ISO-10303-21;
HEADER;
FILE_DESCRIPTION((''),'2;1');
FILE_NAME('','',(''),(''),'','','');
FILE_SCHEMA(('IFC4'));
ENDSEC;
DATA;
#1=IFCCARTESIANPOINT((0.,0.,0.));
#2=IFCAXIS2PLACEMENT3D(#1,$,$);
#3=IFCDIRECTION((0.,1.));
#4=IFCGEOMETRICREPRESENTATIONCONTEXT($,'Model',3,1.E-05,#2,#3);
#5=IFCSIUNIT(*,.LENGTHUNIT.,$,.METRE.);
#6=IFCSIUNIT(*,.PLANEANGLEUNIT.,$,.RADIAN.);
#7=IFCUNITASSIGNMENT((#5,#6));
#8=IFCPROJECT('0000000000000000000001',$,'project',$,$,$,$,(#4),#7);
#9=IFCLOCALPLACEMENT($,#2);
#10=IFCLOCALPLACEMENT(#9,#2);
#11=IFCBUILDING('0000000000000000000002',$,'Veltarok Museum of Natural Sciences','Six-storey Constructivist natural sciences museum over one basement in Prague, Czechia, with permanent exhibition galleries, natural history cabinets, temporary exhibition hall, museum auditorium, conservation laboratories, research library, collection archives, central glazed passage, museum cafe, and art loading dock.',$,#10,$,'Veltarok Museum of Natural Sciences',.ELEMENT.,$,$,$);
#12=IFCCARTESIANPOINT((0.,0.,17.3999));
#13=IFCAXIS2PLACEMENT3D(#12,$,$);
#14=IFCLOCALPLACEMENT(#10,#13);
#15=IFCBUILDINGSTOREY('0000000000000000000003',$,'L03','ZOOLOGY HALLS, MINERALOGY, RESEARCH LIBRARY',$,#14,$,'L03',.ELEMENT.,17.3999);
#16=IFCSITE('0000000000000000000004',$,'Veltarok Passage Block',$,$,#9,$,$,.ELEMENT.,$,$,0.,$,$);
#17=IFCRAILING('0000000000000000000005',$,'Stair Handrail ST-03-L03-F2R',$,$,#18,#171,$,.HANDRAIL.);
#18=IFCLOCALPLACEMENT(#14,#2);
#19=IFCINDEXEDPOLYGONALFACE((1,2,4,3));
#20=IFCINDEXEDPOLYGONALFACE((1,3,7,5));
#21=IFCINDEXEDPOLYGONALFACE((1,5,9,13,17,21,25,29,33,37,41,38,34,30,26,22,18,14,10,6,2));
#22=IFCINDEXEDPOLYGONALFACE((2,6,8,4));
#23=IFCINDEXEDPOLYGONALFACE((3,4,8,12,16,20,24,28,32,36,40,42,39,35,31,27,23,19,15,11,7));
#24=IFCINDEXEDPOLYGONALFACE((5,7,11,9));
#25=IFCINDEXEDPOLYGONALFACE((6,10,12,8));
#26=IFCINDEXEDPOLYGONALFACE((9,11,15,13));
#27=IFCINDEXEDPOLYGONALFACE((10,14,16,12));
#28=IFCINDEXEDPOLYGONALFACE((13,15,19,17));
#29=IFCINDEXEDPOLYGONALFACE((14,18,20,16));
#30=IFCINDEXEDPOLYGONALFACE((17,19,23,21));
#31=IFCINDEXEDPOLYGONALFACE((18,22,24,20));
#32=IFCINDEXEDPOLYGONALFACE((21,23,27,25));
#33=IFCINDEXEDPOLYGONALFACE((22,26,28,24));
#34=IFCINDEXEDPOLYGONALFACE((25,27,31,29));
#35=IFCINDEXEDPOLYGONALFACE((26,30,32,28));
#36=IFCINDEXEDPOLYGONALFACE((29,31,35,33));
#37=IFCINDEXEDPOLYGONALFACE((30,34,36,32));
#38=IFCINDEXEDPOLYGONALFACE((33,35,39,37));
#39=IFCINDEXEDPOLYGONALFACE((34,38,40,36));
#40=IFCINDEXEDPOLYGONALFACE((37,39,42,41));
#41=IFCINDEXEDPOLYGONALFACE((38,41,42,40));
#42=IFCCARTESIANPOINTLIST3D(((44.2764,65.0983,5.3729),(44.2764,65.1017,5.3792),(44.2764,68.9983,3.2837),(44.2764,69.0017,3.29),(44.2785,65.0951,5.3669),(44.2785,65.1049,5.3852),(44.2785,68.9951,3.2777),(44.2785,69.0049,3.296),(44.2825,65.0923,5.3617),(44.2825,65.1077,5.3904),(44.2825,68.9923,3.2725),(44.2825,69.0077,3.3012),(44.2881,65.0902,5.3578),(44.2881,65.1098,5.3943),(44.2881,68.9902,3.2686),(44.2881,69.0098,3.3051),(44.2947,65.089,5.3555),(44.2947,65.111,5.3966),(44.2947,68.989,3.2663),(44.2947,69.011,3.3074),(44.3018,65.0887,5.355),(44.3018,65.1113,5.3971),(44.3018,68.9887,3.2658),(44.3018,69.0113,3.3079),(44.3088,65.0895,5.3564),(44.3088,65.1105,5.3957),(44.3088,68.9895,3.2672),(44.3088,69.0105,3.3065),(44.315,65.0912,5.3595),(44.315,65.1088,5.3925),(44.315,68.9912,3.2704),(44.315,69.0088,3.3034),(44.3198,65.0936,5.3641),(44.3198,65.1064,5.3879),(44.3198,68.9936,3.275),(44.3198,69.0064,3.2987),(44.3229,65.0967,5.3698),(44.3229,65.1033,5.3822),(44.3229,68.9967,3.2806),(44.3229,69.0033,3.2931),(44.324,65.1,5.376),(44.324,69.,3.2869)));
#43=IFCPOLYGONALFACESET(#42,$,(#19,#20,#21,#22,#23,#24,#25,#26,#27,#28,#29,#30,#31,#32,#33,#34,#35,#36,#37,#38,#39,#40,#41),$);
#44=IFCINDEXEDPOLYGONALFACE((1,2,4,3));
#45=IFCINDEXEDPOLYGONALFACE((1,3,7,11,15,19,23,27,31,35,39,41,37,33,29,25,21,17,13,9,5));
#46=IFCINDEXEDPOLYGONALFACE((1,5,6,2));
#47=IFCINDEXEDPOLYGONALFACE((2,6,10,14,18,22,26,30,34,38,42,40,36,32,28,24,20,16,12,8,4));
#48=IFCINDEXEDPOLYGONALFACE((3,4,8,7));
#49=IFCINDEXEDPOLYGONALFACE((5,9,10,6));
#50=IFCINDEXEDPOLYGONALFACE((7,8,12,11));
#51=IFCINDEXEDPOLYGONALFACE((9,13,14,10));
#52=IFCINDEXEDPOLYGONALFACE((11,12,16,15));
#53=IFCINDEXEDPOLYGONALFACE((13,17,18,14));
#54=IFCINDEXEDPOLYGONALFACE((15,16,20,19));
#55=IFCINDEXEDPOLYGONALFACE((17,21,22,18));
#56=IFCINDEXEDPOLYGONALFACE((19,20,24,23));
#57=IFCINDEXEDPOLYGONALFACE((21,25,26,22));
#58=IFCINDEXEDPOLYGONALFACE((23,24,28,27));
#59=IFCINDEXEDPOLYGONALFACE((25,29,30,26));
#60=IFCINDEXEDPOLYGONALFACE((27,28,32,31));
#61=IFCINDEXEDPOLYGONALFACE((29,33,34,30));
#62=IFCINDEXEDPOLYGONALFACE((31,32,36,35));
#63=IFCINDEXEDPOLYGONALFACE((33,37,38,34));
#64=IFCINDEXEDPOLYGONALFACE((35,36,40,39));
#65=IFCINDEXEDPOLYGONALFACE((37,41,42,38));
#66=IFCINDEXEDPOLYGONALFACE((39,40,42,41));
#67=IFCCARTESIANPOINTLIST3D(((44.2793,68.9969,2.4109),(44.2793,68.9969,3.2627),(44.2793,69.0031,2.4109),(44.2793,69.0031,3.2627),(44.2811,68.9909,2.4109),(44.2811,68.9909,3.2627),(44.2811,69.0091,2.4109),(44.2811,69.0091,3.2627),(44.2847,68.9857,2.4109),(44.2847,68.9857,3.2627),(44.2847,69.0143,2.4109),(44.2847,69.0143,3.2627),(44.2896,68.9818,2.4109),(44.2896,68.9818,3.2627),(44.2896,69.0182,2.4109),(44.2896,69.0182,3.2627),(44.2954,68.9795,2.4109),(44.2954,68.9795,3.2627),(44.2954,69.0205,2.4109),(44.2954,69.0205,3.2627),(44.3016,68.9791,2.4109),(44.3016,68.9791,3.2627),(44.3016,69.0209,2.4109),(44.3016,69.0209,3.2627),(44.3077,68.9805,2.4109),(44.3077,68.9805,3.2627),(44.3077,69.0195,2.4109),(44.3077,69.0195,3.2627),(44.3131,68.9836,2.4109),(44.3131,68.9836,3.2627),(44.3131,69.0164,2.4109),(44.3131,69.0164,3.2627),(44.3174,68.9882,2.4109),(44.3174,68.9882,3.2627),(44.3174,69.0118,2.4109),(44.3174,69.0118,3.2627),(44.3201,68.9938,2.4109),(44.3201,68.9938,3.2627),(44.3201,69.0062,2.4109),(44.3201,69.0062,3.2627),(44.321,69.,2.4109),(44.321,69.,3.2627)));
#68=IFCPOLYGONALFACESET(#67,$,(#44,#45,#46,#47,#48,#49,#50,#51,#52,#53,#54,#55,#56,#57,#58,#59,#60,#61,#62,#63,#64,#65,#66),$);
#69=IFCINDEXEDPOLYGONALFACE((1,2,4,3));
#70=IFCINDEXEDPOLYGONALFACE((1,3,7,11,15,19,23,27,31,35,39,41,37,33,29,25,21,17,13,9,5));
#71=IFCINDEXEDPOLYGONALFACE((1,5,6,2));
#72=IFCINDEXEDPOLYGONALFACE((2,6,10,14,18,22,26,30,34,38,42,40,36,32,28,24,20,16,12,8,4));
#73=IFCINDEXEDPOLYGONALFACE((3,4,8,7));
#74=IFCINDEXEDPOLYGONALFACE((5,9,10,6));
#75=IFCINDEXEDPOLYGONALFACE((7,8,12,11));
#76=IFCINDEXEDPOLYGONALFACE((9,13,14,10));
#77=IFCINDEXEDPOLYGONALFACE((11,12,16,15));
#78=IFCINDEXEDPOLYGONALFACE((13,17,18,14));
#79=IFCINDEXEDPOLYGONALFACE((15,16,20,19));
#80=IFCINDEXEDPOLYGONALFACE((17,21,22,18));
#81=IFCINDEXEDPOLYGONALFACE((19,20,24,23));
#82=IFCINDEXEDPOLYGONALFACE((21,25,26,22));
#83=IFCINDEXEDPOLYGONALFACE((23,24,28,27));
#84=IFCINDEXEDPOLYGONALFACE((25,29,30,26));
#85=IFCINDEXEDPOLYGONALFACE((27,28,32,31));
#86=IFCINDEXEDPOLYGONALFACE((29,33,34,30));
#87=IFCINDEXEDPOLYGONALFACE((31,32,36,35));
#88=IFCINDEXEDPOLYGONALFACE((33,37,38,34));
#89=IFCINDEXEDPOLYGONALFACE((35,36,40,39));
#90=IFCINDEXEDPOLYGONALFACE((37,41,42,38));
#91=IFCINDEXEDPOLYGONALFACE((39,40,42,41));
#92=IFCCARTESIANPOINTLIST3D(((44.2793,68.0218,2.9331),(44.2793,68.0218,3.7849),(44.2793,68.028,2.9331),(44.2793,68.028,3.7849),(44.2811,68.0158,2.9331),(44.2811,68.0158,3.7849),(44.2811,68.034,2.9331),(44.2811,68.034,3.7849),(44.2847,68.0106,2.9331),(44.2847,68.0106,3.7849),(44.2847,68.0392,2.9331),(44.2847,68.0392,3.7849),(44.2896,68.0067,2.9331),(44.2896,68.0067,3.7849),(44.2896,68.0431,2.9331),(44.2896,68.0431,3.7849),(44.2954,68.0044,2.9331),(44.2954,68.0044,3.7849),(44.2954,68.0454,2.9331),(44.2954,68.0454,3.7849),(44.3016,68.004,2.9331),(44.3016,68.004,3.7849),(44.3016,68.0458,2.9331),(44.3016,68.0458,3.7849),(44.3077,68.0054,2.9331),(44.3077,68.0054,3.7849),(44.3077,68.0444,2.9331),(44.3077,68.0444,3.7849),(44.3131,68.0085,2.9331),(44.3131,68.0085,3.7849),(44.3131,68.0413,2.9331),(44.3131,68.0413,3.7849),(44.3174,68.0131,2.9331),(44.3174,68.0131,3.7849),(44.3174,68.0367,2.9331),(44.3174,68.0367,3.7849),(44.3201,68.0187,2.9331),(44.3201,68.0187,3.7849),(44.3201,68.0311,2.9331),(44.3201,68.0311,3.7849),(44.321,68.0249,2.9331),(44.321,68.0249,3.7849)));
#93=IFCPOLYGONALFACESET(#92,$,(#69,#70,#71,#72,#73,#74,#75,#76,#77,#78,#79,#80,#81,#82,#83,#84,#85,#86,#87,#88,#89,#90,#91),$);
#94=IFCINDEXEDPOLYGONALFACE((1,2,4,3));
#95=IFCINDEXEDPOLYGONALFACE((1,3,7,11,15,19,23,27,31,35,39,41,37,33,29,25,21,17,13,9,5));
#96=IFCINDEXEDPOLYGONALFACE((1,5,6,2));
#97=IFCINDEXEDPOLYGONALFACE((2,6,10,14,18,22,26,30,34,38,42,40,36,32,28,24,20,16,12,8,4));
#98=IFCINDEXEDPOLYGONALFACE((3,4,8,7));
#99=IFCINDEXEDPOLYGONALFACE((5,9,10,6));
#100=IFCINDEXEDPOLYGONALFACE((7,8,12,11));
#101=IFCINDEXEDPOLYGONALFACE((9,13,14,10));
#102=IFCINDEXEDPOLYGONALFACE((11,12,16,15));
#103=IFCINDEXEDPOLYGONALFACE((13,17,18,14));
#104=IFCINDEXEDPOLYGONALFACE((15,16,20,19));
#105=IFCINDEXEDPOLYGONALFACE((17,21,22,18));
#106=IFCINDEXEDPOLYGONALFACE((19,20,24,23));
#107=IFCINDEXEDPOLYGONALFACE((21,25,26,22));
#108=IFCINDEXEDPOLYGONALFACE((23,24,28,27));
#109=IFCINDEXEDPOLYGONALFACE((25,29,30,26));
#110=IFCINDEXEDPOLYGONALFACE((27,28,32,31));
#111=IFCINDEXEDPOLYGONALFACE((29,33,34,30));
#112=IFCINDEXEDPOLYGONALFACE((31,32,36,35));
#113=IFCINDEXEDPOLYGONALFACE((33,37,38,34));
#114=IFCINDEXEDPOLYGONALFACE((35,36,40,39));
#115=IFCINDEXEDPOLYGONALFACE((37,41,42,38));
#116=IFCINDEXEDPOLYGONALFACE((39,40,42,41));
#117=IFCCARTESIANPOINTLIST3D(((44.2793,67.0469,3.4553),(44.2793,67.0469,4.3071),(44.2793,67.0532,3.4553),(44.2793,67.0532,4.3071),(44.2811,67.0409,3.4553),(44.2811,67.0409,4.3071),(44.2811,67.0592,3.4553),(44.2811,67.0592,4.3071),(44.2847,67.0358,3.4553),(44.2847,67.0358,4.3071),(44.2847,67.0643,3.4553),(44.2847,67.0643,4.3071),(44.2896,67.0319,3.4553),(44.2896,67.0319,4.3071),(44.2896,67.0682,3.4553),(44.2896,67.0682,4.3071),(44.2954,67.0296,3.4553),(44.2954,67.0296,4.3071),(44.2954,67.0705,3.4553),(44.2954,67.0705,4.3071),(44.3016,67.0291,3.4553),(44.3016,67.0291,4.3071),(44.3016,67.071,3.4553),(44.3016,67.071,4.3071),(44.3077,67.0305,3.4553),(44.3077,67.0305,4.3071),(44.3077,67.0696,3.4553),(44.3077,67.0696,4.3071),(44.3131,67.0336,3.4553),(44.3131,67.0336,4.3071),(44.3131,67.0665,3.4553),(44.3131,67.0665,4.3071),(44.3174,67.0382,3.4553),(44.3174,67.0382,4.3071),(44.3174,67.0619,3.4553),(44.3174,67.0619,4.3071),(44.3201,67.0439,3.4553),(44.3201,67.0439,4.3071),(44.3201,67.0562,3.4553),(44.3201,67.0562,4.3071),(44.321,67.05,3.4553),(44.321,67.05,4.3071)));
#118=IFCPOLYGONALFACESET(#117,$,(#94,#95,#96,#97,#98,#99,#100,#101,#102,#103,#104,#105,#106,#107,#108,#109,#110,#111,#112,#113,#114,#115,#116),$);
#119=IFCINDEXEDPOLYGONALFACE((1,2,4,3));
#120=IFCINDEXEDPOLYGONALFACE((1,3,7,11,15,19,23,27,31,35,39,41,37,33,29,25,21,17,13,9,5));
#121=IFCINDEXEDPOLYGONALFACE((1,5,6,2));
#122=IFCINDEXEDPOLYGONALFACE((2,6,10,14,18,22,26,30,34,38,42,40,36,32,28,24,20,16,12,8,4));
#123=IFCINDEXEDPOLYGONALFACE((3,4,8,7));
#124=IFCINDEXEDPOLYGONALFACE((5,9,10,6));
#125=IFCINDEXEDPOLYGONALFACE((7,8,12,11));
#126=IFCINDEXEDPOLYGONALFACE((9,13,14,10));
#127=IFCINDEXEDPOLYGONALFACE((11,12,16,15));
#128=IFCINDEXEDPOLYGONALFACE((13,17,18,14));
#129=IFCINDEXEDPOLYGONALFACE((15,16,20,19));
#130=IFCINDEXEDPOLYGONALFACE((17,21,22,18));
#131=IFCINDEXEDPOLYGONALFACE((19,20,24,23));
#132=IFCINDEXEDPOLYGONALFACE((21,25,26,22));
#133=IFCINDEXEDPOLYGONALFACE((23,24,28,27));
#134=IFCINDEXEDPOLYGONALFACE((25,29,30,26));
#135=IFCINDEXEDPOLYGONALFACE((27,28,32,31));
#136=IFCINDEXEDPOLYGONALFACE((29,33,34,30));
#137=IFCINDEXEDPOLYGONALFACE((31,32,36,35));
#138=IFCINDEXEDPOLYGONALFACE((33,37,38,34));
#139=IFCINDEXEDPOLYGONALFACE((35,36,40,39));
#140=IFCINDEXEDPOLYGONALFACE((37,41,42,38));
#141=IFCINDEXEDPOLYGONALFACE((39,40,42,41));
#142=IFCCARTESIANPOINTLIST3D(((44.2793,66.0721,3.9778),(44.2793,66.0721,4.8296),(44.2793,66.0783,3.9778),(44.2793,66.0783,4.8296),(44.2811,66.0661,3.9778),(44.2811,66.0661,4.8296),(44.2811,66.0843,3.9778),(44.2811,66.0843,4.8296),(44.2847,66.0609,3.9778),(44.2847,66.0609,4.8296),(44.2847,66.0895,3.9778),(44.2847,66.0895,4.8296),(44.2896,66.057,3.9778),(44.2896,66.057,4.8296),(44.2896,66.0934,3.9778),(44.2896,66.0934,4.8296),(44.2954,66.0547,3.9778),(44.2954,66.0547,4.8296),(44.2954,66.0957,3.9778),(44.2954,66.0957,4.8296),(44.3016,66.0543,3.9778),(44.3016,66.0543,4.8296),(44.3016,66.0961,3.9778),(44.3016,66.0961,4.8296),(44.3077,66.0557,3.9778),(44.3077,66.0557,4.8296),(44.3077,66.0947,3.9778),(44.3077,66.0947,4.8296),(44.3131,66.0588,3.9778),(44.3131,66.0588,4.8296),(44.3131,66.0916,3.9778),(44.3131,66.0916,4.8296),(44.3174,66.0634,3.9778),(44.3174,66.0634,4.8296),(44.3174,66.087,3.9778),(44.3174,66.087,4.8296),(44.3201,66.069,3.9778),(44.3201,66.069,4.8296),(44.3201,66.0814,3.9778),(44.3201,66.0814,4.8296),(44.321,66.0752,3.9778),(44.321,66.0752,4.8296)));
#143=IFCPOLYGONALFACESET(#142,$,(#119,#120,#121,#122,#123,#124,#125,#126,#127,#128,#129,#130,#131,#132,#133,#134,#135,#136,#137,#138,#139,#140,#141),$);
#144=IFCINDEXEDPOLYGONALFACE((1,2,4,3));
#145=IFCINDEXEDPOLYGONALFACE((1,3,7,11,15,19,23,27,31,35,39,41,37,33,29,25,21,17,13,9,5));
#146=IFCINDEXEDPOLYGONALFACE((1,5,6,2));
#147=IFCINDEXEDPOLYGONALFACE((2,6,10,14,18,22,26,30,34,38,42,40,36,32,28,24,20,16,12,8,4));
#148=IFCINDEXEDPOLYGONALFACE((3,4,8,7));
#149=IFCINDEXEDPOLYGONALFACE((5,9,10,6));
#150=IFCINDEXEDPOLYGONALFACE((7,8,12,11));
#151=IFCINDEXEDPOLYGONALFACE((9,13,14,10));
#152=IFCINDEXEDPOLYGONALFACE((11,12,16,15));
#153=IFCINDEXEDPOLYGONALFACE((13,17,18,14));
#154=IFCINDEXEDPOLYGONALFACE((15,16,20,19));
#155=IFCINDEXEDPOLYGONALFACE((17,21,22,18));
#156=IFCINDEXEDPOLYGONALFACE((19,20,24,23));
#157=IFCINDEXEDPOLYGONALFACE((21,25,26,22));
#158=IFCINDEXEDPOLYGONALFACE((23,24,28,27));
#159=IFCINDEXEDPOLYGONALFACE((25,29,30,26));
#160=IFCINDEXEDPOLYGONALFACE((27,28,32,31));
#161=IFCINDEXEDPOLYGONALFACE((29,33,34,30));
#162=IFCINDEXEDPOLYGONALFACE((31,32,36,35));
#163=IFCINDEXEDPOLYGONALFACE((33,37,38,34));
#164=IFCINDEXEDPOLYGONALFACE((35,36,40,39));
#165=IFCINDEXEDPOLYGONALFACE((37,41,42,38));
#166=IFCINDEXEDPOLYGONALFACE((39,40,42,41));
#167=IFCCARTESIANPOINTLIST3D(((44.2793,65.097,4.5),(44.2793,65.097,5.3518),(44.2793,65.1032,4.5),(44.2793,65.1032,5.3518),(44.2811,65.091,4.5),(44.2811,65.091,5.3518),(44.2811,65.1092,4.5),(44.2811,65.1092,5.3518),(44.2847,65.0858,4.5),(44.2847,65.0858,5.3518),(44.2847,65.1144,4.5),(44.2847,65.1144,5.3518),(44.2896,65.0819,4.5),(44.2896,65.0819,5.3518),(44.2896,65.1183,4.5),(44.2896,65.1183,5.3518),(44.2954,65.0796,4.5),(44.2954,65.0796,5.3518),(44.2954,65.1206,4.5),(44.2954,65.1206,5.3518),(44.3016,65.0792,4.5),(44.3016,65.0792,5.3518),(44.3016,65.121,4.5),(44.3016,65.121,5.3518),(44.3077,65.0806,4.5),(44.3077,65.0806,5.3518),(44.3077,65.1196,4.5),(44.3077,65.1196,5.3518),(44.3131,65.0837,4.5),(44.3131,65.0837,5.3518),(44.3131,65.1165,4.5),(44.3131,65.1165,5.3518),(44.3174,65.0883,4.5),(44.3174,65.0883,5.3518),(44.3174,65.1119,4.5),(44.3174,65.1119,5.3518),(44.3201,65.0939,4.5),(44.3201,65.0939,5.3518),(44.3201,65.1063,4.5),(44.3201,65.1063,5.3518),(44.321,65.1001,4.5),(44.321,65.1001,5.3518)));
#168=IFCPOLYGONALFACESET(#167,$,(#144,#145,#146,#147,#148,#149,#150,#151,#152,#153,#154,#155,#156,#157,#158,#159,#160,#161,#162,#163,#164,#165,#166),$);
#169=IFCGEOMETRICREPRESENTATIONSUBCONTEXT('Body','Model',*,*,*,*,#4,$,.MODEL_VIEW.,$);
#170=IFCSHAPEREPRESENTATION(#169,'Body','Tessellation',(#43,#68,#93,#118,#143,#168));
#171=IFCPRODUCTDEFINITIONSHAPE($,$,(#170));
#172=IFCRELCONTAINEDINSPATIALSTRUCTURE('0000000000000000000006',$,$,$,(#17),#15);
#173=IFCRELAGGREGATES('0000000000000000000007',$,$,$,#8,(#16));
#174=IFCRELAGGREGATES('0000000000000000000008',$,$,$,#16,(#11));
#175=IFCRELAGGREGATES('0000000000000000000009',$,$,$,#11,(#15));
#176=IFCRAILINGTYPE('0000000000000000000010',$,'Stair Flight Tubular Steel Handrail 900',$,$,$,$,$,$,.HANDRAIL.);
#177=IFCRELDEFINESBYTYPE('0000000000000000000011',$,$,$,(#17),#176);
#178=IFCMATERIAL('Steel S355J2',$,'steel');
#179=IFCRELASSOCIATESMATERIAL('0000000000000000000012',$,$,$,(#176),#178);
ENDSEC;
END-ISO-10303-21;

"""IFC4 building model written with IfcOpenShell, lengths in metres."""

from ifc_helpers import new_model, si_unit, direction, frame, origin, origin_2d, place, context, subcontext, project, spatial, circle, extrude, material, type_object, element, save


model = new_model("IFC4")

# Units and contexts
model_context = context("Model", 3, precision=1e-05, world=origin(), true_north=direction((0.0, 1.0)))
body_context = subcontext(model_context, "Body", "Model", "MODEL_VIEW")
ifc_project = project(units=[si_unit("LENGTHUNIT", "METRE"), si_unit("PLANEANGLEUNIT", "RADIAN")], contexts=[model_context])

# Site, building, storey
site_placement = place(None, origin())
site = spatial("IfcSite", under=ifc_project, at=site_placement, Name="Veltarok Passage Block", CompositionType="ELEMENT", RefElevation=0.0)
building_placement = place(site_placement, origin())
building = spatial("IfcBuilding", under=site, at=building_placement, Name="Veltarok Museum of Natural Sciences", Description="Six-storey Constructivist natural sciences museum over one basement in Prague, Czechia, with permanent exhibition galleries, natural history cabinets, temporary exhibition hall, museum auditorium, conservation laboratories, research library, collection archives, central glazed passage, museum cafe, and art loading dock.", LongName="Veltarok Museum of Natural Sciences", CompositionType="ELEMENT")
storey_placement = place(building_placement, frame((0.0, 0.0, 17.3999)))
storey = spatial("IfcBuildingStorey", under=building, at=storey_placement, Name="L03", Description="ZOOLOGY HALLS, MINERALOGY, RESEARCH LIBRARY", LongName="L03", CompositionType="ELEMENT", Elevation=17.3999)

# Shared definitions
ifc_material_1 = material(Name="Steel S355J2", Category="steel")

# Railing
railing_type_1 = type_object("IfcRailingType", Name="Stair Flight Tubular Steel Handrail 900", PredefinedType="HANDRAIL", material=ifc_material_1)
for number, where, name in (
    (1, (44.3, 69.0, 2.4109), "Stair Handrail ST-03-L03-F2R"),
):
    element("IfcRailing", number, at=place(storey_placement, frame(where)), inside=storey, type_object=railing_type_1, Name=name, PredefinedType="HANDRAIL", context=body_context, shape_type="SweptSolid", body=[
        extrude(circle(Radius=0.0239, at=origin_2d()), frame((0.0, 0.0, 0.876), z_axis=(0.0, -0.881491, 0.4722), x_axis=(1.0, 0.0, 0.0)), (0.0, 0.0, 1.0), 4.4243),
        extrude(circle(Radius=0.021, at=origin_2d()), origin(), (0.0, 0.0, 1.0), 0.8518),
        extrude(circle(Radius=0.021, at=origin_2d()), frame((0.0, -0.9751, 0.5222)), (0.0, 0.0, 1.0), 0.8518),
        extrude(circle(Radius=0.021, at=origin_2d()), frame((0.0, -1.95, 1.0444)), (0.0, 0.0, 1.0), 0.8518),
        extrude(circle(Radius=0.021, at=origin_2d()), frame((0.0, -2.9248, 1.5669)), (0.0, 0.0, 1.0), 0.8518),
        extrude(circle(Radius=0.021, at=origin_2d()), frame((0.0, -3.8999, 2.0891)), (0.0, 0.0, 1.0), 0.8518),
    ])

save(model, "model.ifc")
